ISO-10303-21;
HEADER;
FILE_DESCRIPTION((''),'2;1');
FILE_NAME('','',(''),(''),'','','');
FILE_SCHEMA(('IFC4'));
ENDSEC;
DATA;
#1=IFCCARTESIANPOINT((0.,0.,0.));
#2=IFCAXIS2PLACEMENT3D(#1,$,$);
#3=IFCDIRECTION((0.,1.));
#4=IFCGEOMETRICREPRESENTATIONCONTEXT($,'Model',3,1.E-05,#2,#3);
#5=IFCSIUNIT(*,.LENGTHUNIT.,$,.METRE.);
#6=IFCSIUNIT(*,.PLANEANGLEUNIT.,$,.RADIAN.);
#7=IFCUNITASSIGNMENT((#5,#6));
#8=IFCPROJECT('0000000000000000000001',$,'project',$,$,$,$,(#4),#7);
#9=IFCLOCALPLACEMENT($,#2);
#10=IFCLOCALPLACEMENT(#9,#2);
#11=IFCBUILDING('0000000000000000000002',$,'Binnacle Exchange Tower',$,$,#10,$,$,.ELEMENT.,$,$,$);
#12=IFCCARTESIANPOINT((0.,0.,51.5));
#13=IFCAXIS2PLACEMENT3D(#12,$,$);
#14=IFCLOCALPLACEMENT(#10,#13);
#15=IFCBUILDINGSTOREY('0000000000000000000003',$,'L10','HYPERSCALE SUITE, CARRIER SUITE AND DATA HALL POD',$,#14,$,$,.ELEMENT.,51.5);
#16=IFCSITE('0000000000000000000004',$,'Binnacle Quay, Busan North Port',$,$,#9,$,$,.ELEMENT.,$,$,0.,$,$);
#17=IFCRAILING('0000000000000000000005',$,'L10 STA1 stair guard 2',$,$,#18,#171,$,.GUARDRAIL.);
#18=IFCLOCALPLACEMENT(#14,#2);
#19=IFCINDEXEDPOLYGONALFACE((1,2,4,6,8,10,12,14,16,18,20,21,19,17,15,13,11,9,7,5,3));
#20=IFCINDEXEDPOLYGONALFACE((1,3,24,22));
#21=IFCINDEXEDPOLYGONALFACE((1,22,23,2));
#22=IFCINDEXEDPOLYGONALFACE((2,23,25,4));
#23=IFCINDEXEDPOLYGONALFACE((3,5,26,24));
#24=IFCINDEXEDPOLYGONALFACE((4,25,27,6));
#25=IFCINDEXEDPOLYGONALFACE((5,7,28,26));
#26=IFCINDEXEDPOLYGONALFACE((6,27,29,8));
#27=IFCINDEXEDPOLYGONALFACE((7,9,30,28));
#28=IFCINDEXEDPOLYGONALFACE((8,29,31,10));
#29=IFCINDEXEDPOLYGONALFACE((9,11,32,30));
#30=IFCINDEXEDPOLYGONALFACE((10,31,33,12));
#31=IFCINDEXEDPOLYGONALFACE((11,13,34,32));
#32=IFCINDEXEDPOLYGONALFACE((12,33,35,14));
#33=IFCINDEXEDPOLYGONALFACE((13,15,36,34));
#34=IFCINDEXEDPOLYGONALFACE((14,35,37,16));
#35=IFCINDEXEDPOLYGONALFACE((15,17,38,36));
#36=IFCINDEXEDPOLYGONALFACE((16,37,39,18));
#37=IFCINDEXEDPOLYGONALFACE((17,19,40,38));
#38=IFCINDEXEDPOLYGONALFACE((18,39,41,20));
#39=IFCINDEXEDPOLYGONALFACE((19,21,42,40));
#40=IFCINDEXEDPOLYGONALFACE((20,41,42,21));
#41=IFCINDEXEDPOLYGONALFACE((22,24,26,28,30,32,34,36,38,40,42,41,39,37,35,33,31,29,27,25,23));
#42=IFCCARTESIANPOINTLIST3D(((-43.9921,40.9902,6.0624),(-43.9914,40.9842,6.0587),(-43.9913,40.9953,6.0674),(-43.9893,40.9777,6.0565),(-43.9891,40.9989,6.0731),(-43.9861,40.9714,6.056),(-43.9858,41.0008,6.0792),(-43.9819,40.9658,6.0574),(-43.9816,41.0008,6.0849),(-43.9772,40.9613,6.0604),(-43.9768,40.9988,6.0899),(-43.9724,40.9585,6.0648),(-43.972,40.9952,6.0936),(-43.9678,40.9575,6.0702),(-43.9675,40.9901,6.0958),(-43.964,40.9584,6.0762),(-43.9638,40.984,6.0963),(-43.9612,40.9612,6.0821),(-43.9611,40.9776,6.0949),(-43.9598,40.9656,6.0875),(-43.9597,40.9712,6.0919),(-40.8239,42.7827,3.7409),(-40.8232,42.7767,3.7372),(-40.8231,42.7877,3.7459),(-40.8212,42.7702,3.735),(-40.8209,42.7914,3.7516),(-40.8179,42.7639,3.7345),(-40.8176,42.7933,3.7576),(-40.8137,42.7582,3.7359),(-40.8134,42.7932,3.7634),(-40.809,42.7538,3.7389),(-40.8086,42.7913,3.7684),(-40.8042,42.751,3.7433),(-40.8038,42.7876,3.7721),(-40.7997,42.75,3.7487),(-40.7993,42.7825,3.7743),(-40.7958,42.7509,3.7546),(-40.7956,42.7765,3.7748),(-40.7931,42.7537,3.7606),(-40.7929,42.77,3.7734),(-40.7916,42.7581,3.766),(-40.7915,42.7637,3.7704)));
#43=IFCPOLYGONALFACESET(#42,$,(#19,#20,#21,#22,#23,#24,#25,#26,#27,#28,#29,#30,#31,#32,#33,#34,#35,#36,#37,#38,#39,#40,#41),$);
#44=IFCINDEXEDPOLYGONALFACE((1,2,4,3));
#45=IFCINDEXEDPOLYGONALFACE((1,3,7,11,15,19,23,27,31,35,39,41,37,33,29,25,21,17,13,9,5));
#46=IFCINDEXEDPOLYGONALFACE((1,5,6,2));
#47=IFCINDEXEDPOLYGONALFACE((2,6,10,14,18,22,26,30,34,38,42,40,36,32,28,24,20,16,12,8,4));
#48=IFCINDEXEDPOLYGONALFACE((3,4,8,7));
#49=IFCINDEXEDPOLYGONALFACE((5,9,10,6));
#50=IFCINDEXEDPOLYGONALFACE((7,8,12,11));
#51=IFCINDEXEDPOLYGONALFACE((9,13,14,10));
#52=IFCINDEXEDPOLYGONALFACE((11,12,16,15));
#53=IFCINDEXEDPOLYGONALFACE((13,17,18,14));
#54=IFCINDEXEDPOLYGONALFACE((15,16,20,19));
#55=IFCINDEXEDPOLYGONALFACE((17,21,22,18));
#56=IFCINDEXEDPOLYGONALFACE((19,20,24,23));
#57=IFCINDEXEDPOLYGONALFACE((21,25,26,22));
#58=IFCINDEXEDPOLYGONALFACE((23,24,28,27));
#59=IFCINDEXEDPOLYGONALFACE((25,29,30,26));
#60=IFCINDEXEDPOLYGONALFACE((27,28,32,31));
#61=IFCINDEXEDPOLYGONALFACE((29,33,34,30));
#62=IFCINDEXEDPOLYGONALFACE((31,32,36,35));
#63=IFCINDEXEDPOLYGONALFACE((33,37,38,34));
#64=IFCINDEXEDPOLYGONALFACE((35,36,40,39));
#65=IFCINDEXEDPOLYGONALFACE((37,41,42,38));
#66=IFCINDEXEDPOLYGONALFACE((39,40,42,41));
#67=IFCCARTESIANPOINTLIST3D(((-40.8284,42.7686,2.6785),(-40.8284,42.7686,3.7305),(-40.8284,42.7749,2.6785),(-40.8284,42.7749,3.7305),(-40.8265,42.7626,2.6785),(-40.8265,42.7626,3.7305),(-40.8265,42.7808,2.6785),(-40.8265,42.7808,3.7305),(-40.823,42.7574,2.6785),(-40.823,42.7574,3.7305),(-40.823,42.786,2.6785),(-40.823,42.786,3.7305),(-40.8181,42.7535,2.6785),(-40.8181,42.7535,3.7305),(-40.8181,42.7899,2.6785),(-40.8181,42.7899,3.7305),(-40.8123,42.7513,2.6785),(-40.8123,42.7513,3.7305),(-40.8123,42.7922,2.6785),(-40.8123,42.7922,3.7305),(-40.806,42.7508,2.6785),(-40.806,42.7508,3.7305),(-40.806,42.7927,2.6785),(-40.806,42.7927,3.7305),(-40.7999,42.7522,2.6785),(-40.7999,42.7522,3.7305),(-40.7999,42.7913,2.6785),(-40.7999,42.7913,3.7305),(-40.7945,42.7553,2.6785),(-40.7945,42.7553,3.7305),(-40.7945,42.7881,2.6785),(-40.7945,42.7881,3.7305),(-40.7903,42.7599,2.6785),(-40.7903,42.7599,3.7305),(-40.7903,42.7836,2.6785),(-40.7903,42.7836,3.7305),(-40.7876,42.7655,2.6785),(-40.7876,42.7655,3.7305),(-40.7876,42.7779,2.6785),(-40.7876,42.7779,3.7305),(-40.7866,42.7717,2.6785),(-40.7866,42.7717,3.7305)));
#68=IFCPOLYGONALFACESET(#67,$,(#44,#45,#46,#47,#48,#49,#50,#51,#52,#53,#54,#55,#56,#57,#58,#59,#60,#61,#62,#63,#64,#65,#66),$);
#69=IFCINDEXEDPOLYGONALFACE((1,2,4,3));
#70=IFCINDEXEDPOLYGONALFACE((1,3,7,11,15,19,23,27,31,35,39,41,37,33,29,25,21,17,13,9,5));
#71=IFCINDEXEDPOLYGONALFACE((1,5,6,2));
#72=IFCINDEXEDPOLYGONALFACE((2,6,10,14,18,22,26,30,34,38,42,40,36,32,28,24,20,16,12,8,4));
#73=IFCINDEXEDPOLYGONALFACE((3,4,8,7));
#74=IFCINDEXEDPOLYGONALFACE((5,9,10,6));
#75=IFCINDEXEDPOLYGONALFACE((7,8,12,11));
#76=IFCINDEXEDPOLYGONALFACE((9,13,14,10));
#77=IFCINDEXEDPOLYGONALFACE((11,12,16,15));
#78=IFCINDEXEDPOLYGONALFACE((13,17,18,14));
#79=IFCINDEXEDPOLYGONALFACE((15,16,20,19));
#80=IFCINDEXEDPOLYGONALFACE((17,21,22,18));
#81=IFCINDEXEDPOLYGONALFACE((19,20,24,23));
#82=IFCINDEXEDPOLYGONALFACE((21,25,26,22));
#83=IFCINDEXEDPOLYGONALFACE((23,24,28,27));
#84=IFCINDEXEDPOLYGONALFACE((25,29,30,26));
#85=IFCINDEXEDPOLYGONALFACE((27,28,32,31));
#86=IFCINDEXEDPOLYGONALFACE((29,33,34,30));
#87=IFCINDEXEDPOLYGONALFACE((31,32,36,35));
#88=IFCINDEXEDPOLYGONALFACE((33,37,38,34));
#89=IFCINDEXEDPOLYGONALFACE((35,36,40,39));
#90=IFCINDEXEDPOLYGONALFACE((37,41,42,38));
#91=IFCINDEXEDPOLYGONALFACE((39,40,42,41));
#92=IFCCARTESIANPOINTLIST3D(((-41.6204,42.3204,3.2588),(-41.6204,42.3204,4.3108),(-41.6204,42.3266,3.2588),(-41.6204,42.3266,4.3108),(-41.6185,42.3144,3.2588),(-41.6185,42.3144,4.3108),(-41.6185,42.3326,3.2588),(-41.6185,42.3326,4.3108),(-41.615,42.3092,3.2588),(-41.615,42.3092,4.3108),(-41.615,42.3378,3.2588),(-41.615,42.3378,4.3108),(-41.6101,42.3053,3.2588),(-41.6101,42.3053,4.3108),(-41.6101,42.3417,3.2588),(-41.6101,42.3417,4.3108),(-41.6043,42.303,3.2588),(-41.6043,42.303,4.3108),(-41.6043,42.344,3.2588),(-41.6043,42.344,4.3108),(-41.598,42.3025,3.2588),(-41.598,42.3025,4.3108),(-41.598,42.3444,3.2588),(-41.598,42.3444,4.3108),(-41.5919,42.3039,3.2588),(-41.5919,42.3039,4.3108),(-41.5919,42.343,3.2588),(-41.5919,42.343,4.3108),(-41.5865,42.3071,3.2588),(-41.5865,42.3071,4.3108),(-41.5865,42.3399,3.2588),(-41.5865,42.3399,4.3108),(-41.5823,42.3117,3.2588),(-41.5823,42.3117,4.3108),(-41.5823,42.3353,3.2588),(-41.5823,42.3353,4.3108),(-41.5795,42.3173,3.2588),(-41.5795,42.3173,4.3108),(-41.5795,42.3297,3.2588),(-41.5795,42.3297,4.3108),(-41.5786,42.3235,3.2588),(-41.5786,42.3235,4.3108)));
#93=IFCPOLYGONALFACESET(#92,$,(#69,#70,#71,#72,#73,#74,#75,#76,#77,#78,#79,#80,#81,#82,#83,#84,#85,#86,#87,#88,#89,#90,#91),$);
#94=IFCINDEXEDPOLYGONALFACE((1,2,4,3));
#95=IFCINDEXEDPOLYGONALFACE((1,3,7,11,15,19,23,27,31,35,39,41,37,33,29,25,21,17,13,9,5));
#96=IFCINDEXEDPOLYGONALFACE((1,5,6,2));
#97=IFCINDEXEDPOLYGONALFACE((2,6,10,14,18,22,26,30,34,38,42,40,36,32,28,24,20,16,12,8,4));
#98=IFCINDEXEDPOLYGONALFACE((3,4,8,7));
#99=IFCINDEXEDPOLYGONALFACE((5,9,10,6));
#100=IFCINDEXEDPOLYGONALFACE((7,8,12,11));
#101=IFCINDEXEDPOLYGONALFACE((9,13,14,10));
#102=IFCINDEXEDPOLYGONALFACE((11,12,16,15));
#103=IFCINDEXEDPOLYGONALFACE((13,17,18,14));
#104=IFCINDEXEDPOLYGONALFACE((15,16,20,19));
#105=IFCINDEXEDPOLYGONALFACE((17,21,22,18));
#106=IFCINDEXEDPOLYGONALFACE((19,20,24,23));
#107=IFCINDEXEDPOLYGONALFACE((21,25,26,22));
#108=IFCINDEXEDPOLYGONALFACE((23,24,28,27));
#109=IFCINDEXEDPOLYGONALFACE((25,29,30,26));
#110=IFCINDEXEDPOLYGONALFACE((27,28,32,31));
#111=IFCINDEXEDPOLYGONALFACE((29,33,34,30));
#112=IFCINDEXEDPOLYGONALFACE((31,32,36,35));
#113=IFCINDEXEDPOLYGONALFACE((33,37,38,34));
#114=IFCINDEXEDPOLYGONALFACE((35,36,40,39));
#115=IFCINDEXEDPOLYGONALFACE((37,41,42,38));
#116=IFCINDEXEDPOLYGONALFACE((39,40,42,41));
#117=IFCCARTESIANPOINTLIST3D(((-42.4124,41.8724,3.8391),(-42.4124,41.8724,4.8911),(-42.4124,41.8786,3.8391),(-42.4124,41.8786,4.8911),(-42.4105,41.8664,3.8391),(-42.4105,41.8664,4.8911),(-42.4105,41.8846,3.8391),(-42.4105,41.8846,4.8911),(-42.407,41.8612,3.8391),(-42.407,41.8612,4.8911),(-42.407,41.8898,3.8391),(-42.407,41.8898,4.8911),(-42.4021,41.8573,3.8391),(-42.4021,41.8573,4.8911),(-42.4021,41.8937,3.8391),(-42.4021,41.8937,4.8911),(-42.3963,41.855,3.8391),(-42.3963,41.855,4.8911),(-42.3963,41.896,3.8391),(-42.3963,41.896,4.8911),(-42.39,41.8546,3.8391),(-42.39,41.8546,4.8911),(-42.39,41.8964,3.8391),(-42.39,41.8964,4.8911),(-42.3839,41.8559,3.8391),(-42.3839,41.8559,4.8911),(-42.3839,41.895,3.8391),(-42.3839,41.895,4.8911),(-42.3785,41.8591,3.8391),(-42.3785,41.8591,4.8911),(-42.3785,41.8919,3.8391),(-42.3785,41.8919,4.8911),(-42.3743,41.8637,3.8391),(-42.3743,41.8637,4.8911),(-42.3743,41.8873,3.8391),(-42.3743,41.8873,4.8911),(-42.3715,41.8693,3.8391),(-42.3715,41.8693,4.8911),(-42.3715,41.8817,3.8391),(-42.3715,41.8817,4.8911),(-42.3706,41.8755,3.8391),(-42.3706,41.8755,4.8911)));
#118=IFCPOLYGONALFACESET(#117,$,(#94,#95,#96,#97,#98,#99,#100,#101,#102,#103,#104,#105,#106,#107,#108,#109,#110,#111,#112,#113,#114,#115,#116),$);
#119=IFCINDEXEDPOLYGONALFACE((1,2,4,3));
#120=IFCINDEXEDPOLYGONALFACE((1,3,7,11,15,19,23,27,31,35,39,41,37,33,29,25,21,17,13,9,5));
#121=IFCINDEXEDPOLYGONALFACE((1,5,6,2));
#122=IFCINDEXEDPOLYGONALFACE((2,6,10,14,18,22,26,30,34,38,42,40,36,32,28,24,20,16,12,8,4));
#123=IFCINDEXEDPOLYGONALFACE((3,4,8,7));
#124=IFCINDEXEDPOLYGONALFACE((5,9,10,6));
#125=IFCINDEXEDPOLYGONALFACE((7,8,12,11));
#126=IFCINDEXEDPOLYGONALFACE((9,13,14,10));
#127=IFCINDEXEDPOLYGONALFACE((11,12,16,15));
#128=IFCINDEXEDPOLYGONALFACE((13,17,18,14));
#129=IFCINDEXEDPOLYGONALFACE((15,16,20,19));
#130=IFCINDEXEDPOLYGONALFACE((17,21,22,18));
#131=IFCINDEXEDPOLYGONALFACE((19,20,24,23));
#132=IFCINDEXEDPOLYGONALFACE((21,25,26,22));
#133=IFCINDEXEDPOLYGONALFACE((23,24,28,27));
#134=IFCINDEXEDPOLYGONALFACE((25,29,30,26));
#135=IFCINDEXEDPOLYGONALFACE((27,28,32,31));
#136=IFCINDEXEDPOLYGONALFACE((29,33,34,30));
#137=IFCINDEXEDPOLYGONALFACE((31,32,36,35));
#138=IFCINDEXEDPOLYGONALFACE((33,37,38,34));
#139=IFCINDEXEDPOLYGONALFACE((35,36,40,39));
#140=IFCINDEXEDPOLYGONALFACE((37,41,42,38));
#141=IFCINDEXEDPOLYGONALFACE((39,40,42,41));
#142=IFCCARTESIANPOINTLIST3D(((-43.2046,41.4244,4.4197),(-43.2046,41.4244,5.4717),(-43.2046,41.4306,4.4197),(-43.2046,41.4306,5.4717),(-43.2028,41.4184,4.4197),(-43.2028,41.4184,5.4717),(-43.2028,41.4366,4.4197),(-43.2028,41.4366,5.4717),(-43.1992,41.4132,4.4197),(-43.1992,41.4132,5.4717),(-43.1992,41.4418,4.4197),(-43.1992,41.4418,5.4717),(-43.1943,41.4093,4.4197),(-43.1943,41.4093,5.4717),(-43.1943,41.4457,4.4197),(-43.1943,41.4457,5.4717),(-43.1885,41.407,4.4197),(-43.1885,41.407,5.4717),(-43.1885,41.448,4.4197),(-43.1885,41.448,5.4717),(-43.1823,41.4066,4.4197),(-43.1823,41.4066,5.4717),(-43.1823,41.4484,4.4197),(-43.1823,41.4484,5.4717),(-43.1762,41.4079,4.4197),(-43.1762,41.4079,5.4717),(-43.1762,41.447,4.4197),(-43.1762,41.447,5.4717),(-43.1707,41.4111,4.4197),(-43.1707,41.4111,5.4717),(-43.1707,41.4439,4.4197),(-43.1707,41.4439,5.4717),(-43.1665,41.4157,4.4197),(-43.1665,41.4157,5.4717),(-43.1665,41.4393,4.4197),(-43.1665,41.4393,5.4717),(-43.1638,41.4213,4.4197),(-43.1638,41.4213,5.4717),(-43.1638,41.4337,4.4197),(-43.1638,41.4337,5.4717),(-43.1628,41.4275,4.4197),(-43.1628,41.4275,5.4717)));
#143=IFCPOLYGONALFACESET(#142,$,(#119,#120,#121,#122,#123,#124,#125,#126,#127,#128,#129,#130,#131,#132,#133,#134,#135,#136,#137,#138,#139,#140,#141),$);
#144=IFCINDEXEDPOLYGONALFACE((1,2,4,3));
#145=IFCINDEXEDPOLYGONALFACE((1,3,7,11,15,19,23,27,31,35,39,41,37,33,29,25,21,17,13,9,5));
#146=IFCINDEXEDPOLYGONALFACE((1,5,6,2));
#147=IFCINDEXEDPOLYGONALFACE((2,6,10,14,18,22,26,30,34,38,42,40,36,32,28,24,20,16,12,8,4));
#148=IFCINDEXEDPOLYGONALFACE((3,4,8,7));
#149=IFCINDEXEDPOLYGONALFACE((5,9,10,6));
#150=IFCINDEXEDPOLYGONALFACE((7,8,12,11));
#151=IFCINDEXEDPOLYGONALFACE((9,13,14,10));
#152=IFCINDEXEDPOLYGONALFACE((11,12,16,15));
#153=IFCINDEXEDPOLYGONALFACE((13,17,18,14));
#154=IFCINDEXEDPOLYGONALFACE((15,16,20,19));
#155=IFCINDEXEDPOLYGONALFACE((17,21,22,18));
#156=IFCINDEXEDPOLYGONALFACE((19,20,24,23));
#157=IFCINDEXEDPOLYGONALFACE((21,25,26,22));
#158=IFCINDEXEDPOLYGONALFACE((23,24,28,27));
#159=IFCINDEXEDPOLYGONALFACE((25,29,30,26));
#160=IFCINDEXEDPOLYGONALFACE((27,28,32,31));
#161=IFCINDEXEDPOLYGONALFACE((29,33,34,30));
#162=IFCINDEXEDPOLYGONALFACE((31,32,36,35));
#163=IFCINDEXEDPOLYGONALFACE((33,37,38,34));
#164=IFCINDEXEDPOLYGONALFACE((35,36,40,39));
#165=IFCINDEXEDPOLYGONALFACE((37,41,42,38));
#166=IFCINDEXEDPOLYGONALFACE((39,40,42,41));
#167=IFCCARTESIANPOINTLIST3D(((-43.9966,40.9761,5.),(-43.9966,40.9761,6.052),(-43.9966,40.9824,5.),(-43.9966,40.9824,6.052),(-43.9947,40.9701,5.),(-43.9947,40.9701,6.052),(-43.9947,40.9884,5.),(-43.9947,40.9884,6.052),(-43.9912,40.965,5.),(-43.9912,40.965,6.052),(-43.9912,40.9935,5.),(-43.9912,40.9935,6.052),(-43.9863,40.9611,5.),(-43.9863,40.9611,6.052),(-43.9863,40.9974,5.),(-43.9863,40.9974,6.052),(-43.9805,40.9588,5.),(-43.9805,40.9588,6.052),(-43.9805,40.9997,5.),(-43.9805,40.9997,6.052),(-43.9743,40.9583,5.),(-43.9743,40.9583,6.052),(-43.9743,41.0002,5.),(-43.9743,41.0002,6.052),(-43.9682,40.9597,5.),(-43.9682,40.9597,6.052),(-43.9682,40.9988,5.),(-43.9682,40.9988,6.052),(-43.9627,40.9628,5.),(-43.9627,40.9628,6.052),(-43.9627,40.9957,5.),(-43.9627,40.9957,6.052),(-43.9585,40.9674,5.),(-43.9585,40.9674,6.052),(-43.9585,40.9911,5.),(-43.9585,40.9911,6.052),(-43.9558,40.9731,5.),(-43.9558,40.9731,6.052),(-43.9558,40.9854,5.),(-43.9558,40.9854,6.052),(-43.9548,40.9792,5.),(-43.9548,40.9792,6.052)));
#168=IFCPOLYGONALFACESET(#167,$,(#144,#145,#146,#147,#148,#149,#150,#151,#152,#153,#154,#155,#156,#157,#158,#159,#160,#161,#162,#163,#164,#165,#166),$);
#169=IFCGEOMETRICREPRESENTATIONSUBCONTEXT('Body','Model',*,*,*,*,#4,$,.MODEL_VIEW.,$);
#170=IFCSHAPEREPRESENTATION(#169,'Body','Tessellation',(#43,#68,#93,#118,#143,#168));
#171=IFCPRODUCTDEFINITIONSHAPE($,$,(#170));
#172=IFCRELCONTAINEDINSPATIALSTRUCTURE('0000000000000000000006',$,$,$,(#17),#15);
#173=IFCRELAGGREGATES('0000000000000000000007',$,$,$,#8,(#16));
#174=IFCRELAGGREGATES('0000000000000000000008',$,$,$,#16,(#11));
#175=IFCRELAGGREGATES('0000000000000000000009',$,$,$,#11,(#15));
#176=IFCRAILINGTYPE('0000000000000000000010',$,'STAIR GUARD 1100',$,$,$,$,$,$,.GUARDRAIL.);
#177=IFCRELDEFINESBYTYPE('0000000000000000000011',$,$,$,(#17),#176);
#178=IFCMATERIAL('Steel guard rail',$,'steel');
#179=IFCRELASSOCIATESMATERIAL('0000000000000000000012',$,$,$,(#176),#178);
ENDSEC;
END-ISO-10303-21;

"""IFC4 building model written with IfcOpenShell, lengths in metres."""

from ifc_helpers import new_model, si_unit, direction, frame, origin, origin_2d, place, context, subcontext, project, spatial, circle, extrude, material, type_object, element, save


model = new_model("IFC4")

# Units and contexts
model_context = context("Model", 3, precision=1e-05, world=origin(), true_north=direction((0.0, 1.0)))
body_context = subcontext(model_context, "Body", "Model", "MODEL_VIEW")
ifc_project = project(units=[si_unit("LENGTHUNIT", "METRE"), si_unit("PLANEANGLEUNIT", "RADIAN")], contexts=[model_context])

# Site, building, storey
site_placement = place(None, origin())
site = spatial("IfcSite", under=ifc_project, at=site_placement, Name="Binnacle Quay, Busan North Port", CompositionType="ELEMENT", RefElevation=0.0)
building_placement = place(site_placement, origin())
building = spatial("IfcBuilding", under=site, at=building_placement, Name="Binnacle Exchange Tower", CompositionType="ELEMENT")
storey_placement = place(building_placement, frame((0.0, 0.0, 51.5)))
storey = spatial("IfcBuildingStorey", under=building, at=storey_placement, Name="L10", Description="HYPERSCALE SUITE, CARRIER SUITE AND DATA HALL POD", CompositionType="ELEMENT", Elevation=51.5)

# Railing
ifc_material_1 = material(Name="Steel guard rail", Category="steel")
railing_type_1 = type_object("IfcRailingType", Name="STAIR GUARD 1100", PredefinedType="GUARDRAIL", material=ifc_material_1)
railing_1_placement = place(storey_placement, frame((-40.8076, 42.7717, 2.6785)))
element("IfcRailing", 1, at=railing_1_placement, inside=storey, type_object=railing_type_1, Name="L10 STA1 stair guard 2", PredefinedType="GUARDRAIL", context=body_context, shape_type="SweptSolid", body=[
    extrude(circle(Radius=0.0239, at=origin_2d()), frame((0.0, 0.0, 1.0762), z_axis=(-0.733822, -0.415174, 0.537714), x_axis=(0.492422, -0.870357, 0.0)), (0.0, 0.0, 1.0), 4.3174),
    extrude(circle(Radius=0.021, at=origin_2d()), origin(), (0.0, 0.0, 1.0), 1.052),
    extrude(circle(Radius=0.021, at=origin_2d()), frame((-0.792, -0.4482, 0.5803)), (0.0, 0.0, 1.0), 1.052),
    extrude(circle(Radius=0.021, at=origin_2d()), frame((-1.584, -0.8962, 1.1606)), (0.0, 0.0, 1.0), 1.052),
    extrude(circle(Radius=0.021, at=origin_2d()), frame((-2.3762, -1.3442, 1.7412)), (0.0, 0.0, 1.0), 1.052),
    extrude(circle(Radius=0.021, at=origin_2d()), frame((-3.1682, -1.7925, 2.3215)), (0.0, 0.0, 1.0), 1.052),
])

save(model, "model.ifc")
